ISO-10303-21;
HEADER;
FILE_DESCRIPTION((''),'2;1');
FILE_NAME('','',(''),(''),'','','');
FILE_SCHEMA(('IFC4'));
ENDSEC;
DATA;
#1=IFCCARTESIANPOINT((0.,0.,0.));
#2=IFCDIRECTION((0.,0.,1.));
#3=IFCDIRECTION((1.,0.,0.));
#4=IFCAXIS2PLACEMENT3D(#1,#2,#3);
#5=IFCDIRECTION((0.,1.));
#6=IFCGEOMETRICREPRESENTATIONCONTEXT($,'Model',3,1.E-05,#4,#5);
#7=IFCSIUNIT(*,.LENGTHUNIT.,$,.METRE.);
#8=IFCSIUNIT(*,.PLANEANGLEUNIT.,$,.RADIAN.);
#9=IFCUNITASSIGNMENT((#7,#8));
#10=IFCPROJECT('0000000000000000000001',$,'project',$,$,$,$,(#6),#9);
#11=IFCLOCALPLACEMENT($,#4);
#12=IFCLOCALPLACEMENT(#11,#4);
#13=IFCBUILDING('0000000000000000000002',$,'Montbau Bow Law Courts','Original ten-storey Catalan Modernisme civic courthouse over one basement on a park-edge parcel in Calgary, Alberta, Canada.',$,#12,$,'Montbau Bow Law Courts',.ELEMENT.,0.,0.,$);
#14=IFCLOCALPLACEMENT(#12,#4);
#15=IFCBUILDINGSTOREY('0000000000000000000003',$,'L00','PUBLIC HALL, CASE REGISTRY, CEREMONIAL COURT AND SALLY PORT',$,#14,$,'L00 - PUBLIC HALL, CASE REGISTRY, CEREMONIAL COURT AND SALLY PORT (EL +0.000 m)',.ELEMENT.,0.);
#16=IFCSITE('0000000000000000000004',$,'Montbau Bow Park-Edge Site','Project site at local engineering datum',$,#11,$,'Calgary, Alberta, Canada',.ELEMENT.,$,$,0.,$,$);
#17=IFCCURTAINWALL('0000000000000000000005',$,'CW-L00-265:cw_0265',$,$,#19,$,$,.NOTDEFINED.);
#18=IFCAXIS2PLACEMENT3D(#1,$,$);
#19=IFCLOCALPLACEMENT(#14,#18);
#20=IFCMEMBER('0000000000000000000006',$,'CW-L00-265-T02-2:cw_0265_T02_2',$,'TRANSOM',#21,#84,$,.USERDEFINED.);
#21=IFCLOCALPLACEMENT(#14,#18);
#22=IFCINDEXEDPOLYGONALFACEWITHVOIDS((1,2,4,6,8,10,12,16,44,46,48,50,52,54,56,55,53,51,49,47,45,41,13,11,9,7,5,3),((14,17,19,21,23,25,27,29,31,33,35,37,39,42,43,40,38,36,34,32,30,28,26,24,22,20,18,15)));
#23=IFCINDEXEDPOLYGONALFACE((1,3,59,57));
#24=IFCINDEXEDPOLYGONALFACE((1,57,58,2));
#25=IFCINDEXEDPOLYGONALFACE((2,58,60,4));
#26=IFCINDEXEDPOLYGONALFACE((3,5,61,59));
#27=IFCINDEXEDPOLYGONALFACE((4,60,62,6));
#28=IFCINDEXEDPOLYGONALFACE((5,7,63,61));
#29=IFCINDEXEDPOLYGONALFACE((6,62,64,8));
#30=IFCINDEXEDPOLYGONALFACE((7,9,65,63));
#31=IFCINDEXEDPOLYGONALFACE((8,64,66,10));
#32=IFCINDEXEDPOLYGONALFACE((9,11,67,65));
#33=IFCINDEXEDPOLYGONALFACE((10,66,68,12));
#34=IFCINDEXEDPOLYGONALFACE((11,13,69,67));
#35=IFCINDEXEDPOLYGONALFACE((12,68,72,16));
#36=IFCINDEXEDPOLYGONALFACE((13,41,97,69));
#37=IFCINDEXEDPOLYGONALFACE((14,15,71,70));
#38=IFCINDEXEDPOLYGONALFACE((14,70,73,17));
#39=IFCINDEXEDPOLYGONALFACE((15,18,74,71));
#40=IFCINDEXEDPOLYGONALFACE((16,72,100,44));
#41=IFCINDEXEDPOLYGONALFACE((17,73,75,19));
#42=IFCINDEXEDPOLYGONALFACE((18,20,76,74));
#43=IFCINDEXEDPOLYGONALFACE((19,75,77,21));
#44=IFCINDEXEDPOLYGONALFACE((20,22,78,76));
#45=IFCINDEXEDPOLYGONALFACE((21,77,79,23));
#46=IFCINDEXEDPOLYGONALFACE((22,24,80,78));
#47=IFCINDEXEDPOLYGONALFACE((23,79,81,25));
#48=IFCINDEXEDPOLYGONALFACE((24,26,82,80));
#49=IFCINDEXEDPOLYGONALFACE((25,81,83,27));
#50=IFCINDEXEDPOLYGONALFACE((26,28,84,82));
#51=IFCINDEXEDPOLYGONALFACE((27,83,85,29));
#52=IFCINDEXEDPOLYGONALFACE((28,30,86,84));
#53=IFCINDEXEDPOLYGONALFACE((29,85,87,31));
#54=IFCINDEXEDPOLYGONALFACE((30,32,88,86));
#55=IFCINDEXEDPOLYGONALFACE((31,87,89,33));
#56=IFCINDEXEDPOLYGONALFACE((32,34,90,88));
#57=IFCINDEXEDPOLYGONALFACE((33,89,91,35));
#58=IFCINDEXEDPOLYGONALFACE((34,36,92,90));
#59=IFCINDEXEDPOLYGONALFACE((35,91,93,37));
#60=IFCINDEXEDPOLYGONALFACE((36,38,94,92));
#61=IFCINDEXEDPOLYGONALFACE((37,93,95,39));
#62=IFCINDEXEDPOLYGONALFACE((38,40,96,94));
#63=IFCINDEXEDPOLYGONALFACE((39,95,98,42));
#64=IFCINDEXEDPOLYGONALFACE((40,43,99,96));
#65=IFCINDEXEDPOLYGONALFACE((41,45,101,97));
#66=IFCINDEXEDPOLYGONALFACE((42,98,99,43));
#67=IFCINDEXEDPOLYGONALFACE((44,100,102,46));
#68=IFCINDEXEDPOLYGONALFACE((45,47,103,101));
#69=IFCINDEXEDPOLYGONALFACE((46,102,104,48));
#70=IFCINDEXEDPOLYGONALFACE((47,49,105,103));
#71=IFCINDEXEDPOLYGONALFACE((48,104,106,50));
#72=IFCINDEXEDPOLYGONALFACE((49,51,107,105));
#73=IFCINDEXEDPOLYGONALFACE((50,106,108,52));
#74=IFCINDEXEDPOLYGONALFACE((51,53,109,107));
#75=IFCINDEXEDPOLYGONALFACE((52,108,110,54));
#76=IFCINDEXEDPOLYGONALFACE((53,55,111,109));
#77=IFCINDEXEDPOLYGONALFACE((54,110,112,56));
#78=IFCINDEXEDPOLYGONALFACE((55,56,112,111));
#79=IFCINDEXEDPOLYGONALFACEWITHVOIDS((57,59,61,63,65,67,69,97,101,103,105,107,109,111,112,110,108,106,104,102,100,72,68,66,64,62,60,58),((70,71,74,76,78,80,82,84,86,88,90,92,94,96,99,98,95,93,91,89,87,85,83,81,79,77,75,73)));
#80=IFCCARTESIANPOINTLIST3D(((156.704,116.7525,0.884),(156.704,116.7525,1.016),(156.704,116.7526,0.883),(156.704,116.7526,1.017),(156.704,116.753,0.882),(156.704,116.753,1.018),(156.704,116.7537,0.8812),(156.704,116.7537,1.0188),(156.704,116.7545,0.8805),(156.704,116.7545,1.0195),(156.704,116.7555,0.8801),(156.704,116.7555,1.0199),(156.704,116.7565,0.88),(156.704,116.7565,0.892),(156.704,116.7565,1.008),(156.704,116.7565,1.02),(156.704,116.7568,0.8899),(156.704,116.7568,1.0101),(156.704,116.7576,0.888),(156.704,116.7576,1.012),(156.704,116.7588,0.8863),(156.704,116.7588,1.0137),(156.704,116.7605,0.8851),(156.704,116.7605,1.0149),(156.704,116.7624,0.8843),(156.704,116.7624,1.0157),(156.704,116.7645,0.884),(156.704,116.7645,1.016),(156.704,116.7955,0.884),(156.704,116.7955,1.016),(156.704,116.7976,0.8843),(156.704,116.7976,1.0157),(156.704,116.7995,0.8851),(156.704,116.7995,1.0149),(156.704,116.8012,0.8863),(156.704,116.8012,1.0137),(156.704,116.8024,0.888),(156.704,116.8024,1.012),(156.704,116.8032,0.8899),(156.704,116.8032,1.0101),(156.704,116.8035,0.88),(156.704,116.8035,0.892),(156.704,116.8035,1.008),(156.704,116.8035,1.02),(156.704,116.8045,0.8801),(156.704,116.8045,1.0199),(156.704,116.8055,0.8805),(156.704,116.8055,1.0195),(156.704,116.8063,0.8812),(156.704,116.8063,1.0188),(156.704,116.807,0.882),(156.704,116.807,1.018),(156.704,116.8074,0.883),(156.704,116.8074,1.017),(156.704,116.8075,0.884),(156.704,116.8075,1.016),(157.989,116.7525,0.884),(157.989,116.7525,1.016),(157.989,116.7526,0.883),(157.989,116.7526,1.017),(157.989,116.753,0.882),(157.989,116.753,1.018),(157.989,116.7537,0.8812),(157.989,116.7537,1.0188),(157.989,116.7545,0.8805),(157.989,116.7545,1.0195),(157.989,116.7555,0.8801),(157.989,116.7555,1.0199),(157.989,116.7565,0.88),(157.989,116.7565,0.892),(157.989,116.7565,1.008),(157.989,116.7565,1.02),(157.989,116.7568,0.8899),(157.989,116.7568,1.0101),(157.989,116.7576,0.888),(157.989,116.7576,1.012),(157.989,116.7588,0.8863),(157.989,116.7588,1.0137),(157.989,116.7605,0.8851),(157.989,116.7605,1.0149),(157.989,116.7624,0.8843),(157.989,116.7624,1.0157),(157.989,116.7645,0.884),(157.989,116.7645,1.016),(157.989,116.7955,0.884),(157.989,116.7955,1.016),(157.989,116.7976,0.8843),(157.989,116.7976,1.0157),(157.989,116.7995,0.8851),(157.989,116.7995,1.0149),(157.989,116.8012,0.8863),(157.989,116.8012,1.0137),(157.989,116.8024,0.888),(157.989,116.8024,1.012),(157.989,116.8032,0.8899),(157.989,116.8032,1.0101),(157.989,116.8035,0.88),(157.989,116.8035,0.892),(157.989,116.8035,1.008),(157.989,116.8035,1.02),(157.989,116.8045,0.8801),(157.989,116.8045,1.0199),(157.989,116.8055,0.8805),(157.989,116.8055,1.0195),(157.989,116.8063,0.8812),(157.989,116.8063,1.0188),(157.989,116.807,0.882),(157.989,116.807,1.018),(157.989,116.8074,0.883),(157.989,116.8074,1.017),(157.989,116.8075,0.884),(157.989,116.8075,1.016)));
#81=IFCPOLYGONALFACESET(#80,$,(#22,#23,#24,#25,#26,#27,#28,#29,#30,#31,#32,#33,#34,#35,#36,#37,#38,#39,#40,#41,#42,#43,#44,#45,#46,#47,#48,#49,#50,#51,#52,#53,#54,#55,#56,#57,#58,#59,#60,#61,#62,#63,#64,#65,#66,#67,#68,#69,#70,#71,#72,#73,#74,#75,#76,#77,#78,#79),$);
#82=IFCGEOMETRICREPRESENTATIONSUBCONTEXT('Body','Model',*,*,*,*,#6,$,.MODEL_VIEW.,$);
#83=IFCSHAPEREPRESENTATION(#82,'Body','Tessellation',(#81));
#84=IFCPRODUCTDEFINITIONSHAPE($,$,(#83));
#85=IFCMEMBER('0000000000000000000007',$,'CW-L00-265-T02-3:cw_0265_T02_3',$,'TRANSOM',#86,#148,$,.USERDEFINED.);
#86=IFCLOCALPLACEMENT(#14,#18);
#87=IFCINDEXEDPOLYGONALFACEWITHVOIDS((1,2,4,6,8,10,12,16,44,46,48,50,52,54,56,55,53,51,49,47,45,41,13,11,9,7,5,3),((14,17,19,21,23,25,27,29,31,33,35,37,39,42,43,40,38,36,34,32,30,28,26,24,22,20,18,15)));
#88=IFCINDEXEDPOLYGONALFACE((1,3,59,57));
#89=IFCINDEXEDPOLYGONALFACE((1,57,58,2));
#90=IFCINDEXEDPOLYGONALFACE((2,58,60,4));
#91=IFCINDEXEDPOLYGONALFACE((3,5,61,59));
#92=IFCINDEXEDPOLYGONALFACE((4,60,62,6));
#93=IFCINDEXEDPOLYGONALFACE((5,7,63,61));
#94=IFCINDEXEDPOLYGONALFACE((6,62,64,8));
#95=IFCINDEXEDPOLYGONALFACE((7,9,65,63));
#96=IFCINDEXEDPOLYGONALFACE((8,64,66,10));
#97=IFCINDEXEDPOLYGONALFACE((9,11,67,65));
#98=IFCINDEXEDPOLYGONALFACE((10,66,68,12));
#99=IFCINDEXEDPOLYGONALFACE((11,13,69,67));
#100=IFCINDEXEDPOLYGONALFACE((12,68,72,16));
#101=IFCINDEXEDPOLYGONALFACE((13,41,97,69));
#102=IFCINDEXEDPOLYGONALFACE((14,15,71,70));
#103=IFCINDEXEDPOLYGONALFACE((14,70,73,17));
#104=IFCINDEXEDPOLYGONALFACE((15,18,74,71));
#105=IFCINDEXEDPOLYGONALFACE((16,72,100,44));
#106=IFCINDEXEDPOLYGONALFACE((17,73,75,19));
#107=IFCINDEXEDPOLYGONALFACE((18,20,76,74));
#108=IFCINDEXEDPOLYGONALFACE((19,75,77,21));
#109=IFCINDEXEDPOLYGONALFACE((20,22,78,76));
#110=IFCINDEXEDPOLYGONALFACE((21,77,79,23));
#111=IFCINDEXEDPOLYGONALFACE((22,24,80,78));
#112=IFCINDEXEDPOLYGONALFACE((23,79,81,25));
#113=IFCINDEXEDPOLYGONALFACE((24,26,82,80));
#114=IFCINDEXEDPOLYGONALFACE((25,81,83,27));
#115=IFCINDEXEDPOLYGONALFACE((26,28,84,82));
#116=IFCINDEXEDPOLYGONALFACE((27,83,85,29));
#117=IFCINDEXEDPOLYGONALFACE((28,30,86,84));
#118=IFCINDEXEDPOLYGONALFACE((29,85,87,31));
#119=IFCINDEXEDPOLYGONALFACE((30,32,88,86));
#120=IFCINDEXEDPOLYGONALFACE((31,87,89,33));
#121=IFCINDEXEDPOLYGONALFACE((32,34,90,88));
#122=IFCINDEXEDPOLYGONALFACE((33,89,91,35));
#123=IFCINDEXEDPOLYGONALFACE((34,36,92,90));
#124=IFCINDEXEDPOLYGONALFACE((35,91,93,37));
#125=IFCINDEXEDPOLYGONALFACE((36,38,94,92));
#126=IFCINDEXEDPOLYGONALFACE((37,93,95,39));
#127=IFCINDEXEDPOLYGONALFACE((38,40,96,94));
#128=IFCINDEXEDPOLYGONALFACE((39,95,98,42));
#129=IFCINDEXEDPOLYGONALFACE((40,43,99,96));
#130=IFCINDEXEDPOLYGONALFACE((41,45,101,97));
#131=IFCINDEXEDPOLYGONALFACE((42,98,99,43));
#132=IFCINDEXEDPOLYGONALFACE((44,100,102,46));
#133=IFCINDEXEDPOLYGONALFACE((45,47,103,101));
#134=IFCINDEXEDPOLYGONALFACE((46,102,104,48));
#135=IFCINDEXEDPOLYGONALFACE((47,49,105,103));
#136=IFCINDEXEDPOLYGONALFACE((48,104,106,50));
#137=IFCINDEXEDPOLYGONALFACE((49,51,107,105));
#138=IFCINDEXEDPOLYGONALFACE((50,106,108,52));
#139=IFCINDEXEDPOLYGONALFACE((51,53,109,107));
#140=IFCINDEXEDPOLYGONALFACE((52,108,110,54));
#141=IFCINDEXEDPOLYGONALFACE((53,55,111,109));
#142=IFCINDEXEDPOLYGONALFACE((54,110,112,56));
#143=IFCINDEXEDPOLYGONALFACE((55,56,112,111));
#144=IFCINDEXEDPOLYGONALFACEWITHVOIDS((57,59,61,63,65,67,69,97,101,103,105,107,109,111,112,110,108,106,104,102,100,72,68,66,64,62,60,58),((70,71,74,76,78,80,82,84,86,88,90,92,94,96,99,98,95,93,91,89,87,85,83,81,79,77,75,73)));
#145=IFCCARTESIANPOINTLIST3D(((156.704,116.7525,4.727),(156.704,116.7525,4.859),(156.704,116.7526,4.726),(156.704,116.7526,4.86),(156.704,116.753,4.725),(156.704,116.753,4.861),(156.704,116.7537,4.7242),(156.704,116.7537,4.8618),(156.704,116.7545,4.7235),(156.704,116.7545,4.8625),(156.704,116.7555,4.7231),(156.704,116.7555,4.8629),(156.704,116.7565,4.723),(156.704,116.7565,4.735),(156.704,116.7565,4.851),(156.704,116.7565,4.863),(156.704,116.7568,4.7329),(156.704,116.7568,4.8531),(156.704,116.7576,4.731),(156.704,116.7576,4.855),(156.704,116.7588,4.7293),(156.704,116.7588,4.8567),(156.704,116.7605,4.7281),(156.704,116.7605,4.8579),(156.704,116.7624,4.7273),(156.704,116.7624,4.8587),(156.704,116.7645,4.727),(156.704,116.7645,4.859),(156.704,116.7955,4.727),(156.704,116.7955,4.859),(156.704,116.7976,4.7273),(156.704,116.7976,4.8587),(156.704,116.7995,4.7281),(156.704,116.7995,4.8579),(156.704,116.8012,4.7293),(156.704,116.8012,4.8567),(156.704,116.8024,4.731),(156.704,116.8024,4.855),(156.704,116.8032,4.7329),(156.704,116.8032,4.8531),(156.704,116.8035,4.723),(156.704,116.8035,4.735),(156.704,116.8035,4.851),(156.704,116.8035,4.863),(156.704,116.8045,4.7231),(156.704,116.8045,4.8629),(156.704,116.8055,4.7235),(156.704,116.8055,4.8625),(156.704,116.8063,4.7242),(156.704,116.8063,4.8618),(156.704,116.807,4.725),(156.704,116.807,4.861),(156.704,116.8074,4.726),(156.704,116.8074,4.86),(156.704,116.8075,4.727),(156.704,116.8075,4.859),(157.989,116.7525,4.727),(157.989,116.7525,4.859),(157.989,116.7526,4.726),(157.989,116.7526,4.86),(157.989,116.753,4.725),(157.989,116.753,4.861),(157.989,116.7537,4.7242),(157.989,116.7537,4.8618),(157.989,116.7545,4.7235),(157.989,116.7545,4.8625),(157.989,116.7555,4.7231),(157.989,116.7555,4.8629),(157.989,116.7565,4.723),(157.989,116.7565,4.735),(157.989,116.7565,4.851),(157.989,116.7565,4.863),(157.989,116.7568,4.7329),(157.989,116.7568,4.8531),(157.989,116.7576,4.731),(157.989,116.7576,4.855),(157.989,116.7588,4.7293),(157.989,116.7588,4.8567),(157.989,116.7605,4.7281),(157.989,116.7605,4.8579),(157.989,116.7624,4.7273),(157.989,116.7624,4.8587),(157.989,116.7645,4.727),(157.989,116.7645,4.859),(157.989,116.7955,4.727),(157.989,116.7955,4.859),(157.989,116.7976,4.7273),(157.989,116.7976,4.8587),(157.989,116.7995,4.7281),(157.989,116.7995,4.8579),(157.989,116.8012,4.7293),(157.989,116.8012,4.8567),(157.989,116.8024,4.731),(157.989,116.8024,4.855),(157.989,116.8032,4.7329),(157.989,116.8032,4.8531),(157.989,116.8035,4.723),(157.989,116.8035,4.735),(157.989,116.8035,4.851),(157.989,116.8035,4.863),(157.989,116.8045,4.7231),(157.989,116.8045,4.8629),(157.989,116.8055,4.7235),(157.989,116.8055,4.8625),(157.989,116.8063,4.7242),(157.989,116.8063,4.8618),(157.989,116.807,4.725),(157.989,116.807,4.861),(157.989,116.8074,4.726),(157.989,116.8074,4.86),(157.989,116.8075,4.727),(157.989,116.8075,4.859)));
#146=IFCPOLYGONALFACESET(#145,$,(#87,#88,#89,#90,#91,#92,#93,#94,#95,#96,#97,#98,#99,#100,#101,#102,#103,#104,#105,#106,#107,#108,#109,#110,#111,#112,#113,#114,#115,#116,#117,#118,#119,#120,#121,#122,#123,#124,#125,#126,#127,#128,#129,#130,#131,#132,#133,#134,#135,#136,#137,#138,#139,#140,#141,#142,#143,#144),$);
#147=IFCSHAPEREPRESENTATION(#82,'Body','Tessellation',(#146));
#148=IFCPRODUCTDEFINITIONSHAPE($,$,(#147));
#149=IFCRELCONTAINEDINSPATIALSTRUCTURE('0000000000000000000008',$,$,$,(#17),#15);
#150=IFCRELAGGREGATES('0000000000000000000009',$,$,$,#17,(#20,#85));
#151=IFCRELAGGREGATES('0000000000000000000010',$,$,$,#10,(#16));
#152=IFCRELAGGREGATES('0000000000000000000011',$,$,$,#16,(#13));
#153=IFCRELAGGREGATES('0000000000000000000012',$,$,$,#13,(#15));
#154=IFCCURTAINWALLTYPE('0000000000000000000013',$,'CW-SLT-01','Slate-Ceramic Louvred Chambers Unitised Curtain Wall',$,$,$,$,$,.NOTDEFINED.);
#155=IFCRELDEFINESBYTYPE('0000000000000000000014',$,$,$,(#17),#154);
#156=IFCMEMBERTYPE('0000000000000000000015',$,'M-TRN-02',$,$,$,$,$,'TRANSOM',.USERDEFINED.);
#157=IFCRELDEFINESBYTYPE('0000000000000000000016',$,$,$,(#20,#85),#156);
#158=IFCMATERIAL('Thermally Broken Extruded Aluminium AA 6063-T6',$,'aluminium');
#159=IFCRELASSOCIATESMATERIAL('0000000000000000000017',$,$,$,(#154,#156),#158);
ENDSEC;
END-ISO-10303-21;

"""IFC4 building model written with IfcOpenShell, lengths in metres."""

from ifc_helpers import new_model, si_unit, direction, frame, origin_with_axes, origin_2d_with_axis, place, context, subcontext, project, spatial, hollow_rectangle, extrude, material, material_profile, profile_set, type_object, element, aggregate, save


model = new_model("IFC4")

# Units and contexts
model_context = context("Model", 3, precision=1e-05, world=origin_with_axes(), true_north=direction((0.0, 1.0)))
body_context = subcontext(model_context, "Body", "Model", "MODEL_VIEW")
ifc_project = project(units=[si_unit("LENGTHUNIT", "METRE"), si_unit("PLANEANGLEUNIT", "RADIAN")], contexts=[model_context])

# Site, building, storey
site_placement = place(None, origin_with_axes())
site = spatial("IfcSite", under=ifc_project, at=site_placement, Name="Montbau Bow Park-Edge Site", Description="Project site at local engineering datum", LongName="Calgary, Alberta, Canada", CompositionType="ELEMENT", RefElevation=0.0)
building_placement = place(site_placement, origin_with_axes())
building = spatial("IfcBuilding", under=site, at=building_placement, Name="Montbau Bow Law Courts", Description="Original ten-storey Catalan Modernisme civic courthouse over one basement on a park-edge parcel in Calgary, Alberta, Canada.", LongName="Montbau Bow Law Courts", CompositionType="ELEMENT", ElevationOfRefHeight=0.0, ElevationOfTerrain=0.0)
storey_placement = place(building_placement, origin_with_axes())
storey = spatial("IfcBuildingStorey", under=building, at=storey_placement, Name="L00", Description="PUBLIC HALL, CASE REGISTRY, CEREMONIAL COURT AND SALLY PORT", LongName="L00 - PUBLIC HALL, CASE REGISTRY, CEREMONIAL COURT AND SALLY PORT (EL +0.000 m)", CompositionType="ELEMENT", Elevation=0.0)

# Curtain wall, members
ifc_material_1 = material(Name="Thermally Broken Extruded Aluminium AA 6063-T6", Category="aluminium")
curtain_wall_type = type_object("IfcCurtainWallType", Name="CW-SLT-01", Description="Slate-Ceramic Louvred Chambers Unitised Curtain Wall", PredefinedType="NOTDEFINED", material=ifc_material_1)
curtain_wall_placement = place(None, frame((155.315, 116.78, 0.0), z_axis=(0.0, 0.0, 1.0), x_axis=(1.0, 0.0, 0.0)))
curtain_wall = element("IfcCurtainWall", 1, at=curtain_wall_placement, inside=storey, type_object=curtain_wall_type, Name="CW-L00-265:cw_0265", PredefinedType="NOTDEFINED")
ifc_material_profile_1 = material_profile(ifc_material_1, hollow_rectangle(XDim=0.055, YDim=0.14, WallThickness=0.004, InnerFilletRadius=0.008, OuterFilletRadius=0.004, at=origin_2d_with_axis()), Name="CWT-140X55", Category="Main", Priority=0)
ifc_profile_set_1 = profile_set([ifc_material_profile_1], Name="Thermally Broken Extruded Aluminium AA 6063-T6")
member_type_1 = type_object("IfcMemberType", Name="M-TRN-02", ElementType="TRANSOM", PredefinedType="USERDEFINED", material=ifc_profile_set_1)
member_1_placement = place(None, frame((156.704, 116.78, 0.95), z_axis=(1.0, 0.0, 0.0), x_axis=(0.0, 1.0, 0.0)))
member_1 = element("IfcMember", 2, at=member_1_placement, type_object=member_type_1, Name="CW-L00-265-T02-2:cw_0265_T02_2", ObjectType="TRANSOM", PredefinedType="USERDEFINED", context=body_context, shape_type="SweptSolid", body=[
    extrude(hollow_rectangle(XDim=0.055, YDim=0.14, WallThickness=0.004, InnerFilletRadius=0.008, OuterFilletRadius=0.004, at=origin_2d_with_axis()), origin_with_axes(), (0.0, 0.0, 1.0), 1.285),
])
member_2_placement = place(None, frame((156.704, 116.78, 4.793), z_axis=(1.0, 0.0, 0.0), x_axis=(0.0, 1.0, 0.0)))
member_2 = element("IfcMember", 3, at=member_2_placement, type_object=member_type_1, Name="CW-L00-265-T02-3:cw_0265_T02_3", ObjectType="TRANSOM", PredefinedType="USERDEFINED", context=body_context, shape_type="SweptSolid", body=[
    extrude(hollow_rectangle(XDim=0.055, YDim=0.14, WallThickness=0.004, InnerFilletRadius=0.008, OuterFilletRadius=0.004, at=origin_2d_with_axis()), origin_with_axes(), (0.0, 0.0, 1.0), 1.285),
])
aggregate(curtain_wall, [member_1, member_2])

save(model, "model.ifc")
